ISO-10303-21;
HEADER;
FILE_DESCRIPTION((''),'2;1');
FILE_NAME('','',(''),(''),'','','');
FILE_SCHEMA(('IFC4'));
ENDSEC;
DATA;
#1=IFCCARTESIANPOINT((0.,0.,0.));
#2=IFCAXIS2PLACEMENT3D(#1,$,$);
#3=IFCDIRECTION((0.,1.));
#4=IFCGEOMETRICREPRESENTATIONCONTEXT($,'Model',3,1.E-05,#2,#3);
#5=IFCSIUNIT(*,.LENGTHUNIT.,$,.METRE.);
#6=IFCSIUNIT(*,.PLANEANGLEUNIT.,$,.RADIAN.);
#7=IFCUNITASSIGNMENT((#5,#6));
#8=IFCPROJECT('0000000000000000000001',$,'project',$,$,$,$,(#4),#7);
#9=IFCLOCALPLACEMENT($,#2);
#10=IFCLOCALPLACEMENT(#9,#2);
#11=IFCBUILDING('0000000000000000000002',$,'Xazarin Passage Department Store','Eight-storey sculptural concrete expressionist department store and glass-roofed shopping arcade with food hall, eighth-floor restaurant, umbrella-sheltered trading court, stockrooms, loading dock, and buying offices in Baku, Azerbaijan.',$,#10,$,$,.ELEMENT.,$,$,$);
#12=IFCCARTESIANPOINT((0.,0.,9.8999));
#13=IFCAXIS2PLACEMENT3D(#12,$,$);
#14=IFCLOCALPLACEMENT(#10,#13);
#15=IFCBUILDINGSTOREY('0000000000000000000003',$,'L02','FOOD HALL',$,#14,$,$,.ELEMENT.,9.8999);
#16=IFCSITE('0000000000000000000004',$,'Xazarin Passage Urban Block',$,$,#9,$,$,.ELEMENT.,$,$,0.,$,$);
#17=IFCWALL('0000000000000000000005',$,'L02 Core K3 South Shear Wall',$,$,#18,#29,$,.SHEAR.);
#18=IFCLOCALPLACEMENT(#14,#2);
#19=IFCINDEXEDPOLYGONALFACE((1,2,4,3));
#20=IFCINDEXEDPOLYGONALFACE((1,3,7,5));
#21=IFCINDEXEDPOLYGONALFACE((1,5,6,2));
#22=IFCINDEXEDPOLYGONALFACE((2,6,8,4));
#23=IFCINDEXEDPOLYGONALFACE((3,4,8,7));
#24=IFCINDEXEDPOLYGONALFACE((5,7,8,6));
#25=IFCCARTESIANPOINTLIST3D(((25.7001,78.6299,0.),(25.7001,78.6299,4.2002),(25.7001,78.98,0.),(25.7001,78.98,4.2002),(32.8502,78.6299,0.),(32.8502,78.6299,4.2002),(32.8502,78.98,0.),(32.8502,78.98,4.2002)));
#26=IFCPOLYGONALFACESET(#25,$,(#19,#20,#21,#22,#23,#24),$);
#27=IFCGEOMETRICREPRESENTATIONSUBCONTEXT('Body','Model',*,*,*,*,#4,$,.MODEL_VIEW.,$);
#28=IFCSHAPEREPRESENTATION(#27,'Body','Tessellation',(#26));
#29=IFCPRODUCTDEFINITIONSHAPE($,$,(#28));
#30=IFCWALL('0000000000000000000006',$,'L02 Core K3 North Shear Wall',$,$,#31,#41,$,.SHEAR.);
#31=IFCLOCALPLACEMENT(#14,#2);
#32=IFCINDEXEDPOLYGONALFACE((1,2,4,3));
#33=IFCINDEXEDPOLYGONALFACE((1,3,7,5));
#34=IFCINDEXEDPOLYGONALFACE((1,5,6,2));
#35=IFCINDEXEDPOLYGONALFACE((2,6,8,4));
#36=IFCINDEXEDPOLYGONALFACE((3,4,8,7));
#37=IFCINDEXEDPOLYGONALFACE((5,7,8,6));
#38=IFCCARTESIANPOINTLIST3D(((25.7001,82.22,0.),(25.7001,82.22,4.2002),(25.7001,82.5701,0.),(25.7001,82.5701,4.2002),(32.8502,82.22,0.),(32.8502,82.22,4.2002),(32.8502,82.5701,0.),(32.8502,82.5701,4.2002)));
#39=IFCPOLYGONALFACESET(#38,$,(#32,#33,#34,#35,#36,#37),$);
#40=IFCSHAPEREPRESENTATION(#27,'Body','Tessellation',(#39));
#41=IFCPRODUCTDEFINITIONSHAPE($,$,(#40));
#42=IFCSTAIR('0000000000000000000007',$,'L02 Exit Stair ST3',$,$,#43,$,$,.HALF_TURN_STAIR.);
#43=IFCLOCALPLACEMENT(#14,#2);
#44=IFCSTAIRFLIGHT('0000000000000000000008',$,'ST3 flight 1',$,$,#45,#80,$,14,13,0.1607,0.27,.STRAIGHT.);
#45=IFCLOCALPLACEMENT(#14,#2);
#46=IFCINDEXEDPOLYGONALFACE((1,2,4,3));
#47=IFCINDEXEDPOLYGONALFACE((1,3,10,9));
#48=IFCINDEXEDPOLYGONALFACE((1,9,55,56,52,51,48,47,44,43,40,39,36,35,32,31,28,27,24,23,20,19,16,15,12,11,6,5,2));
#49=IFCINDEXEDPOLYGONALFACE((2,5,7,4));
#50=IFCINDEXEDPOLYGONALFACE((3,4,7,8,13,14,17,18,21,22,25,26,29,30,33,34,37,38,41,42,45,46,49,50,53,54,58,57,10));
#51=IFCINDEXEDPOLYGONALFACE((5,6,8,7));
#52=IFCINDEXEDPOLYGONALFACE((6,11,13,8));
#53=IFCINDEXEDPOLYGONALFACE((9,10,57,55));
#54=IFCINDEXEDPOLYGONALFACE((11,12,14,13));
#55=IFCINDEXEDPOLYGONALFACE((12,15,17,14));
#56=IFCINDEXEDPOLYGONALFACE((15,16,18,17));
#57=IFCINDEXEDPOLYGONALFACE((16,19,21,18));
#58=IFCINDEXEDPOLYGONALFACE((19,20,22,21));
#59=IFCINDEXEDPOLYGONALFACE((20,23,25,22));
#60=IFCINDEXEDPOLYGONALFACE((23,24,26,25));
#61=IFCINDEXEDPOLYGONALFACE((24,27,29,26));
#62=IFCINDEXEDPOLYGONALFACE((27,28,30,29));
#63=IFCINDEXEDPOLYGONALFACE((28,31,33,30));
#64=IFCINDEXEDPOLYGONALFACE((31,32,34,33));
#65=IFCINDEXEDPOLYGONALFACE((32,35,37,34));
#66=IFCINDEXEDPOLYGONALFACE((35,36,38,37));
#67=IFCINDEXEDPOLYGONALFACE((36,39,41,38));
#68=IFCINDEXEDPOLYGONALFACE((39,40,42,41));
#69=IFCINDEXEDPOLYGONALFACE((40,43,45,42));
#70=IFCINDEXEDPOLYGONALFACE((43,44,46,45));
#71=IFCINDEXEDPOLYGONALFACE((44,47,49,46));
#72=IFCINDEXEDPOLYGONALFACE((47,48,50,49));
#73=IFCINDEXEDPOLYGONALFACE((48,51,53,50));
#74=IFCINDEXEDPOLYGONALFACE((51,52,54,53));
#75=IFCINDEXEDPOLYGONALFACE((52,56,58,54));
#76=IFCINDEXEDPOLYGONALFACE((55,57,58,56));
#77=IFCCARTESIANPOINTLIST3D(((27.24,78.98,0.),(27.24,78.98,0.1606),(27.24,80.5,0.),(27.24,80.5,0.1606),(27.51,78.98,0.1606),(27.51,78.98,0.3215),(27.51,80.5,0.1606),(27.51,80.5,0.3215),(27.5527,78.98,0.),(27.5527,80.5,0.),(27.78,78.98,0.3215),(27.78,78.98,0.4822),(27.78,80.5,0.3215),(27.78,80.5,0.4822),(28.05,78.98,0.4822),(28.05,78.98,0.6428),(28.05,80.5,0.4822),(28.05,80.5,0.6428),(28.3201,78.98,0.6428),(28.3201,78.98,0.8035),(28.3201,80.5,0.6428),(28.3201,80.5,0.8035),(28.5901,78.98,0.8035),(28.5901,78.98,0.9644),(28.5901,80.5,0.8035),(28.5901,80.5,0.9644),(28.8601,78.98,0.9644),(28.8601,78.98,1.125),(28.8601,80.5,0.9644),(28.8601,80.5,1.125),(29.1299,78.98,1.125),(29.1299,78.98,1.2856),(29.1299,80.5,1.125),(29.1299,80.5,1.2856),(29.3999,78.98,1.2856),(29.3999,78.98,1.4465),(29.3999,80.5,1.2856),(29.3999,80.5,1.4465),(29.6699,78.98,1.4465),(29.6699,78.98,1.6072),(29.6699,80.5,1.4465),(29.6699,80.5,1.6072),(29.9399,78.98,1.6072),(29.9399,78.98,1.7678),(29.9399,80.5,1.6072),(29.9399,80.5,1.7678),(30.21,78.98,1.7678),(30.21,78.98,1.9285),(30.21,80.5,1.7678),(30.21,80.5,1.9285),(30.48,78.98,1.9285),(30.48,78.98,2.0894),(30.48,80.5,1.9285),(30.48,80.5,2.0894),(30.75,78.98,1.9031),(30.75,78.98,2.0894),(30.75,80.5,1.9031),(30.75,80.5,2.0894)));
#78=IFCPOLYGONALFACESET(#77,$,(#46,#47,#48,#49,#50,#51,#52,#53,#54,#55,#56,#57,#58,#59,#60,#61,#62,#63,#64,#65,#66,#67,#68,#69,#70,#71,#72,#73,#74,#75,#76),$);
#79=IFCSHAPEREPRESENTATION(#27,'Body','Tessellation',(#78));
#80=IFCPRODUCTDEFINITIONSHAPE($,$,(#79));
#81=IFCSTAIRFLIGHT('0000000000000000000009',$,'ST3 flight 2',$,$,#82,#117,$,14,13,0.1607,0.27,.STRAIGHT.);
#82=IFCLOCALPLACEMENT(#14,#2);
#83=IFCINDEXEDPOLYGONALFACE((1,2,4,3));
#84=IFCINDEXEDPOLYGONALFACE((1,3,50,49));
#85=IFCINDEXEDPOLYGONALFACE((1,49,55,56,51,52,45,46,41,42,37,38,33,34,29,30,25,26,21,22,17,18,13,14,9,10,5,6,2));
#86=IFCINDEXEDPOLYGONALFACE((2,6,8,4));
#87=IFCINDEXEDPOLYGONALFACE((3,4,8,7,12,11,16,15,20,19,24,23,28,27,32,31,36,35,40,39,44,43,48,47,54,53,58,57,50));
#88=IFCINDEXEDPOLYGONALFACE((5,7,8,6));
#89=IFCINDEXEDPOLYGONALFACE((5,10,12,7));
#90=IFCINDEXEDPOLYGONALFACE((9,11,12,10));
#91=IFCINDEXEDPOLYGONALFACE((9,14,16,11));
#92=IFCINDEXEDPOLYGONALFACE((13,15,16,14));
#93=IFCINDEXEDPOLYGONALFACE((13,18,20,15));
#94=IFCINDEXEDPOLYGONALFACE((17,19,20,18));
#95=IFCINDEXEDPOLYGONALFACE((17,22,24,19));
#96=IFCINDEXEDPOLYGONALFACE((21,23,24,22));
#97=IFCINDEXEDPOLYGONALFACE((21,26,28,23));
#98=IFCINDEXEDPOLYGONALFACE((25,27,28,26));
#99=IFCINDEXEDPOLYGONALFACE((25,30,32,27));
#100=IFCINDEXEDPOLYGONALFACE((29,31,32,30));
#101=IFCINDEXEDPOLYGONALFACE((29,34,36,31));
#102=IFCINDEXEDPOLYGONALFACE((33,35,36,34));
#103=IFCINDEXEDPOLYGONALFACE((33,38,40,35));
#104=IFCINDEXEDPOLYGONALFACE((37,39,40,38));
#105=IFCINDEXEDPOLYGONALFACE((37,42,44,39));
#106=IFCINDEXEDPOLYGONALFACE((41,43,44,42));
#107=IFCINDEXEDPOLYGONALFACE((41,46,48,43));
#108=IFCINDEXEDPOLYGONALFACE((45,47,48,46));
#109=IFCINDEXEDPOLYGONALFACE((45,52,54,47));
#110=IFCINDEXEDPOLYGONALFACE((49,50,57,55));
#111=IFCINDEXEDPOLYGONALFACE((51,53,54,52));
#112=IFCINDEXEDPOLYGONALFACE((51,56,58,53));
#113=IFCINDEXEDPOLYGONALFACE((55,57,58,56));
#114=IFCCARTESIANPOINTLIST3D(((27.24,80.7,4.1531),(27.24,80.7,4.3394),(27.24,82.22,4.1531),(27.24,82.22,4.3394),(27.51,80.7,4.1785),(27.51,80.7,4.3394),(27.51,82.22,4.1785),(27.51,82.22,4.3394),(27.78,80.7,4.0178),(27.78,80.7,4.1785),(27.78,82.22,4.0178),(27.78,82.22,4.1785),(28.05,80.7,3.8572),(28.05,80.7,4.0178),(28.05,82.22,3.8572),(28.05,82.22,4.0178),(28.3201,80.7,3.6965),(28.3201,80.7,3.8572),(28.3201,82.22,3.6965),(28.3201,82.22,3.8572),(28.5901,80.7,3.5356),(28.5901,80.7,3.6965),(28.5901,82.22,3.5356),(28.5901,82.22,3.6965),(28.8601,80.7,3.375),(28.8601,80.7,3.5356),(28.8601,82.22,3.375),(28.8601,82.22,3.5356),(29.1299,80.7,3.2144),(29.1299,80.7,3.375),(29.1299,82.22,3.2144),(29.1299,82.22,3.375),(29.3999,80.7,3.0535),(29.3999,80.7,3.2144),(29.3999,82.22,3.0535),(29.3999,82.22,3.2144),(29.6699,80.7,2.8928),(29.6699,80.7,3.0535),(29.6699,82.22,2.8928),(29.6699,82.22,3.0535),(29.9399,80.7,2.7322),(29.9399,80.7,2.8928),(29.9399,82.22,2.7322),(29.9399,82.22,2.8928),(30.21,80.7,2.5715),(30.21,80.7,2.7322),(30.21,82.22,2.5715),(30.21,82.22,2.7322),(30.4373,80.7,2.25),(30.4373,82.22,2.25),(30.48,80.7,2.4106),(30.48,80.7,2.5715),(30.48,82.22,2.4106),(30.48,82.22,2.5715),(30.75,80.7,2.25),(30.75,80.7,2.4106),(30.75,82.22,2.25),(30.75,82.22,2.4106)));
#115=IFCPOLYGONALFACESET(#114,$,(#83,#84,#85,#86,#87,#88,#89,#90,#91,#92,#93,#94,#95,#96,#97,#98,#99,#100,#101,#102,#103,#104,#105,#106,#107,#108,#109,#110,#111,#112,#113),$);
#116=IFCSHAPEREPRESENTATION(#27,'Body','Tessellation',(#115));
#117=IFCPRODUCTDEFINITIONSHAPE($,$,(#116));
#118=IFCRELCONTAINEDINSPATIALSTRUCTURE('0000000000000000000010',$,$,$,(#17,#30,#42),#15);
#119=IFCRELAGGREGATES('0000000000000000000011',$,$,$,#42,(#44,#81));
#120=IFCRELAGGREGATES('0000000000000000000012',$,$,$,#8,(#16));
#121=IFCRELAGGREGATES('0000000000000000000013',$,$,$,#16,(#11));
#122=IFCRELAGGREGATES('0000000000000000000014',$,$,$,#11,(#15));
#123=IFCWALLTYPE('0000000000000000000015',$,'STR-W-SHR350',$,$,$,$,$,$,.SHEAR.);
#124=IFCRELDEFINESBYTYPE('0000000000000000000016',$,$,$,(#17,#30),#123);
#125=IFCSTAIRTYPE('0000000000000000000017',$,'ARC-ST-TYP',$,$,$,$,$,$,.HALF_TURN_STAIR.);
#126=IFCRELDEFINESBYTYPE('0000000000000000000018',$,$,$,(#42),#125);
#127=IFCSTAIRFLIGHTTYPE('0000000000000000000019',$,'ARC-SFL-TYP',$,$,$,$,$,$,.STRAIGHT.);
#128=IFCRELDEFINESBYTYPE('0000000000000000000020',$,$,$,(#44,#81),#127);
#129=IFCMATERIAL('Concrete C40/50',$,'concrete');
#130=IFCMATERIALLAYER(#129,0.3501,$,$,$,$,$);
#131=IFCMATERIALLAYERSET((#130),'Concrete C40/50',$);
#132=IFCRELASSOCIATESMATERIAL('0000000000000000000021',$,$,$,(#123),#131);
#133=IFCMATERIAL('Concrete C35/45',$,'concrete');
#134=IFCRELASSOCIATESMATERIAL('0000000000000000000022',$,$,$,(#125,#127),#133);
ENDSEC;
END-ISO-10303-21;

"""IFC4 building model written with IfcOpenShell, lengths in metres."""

from ifc_helpers import new_model, si_unit, direction, frame, frame_2d, origin, place, context, subcontext, project, spatial, polyline, rectangle, outline, extrude, material, layer, layer_set, type_object, element, aggregate, save


model = new_model("IFC4")

# Units and contexts
model_context = context("Model", 3, precision=1e-05, world=origin(), true_north=direction((0.0, 1.0)))
body_context = subcontext(model_context, "Body", "Model", "MODEL_VIEW")
ifc_project = project(units=[si_unit("LENGTHUNIT", "METRE"), si_unit("PLANEANGLEUNIT", "RADIAN")], contexts=[model_context])

# Site, building, storey
site_placement = place(None, origin())
site = spatial("IfcSite", under=ifc_project, at=site_placement, Name="Xazarin Passage Urban Block", CompositionType="ELEMENT", RefElevation=0.0)
building_placement = place(site_placement, origin())
building = spatial("IfcBuilding", under=site, at=building_placement, Name="Xazarin Passage Department Store", Description="Eight-storey sculptural concrete expressionist department store and glass-roofed shopping arcade with food hall, eighth-floor restaurant, umbrella-sheltered trading court, stockrooms, loading dock, and buying offices in Baku, Azerbaijan.", CompositionType="ELEMENT")
storey_placement = place(building_placement, frame((0.0, 0.0, 9.8999)))
storey = spatial("IfcBuildingStorey", under=building, at=storey_placement, Name="L02", Description="FOOD HALL", CompositionType="ELEMENT", Elevation=9.8999)

# Shared definitions
ifc_material_1 = material(Name="Concrete C40/50", Category="concrete")

# Shared definitions
ifc_material_2 = material(Name="Concrete C35/45", Category="concrete")

# Shared definitions
ifc_layer = layer(ifc_material_1, 0.3501)
ifc_layer_set = layer_set([ifc_layer], Name="Concrete C40/50")
wall_type = type_object("IfcWallType", Name="STR-W-SHR350", PredefinedType="SHEAR", material=ifc_layer_set)

# Walls
for number, where, z_axis, x_axis, name in (
    (1, (25.7, 78.8049, 0.0), (0.0, 0.0, 1.0), (1.0, 0.0, 0.0), "L02 Core K3 South Shear Wall"),
    (2, (25.7, 82.395, 0.0), (0.0, 0.0, 1.0), (1.0, 0.0, 0.0), "L02 Core K3 North Shear Wall"),
):
    element("IfcWall", number, at=place(storey_placement, frame(where, z_axis=z_axis, x_axis=x_axis)), inside=storey, type_object=wall_type, Name=name, PredefinedType="SHEAR", context=body_context, shape_type="SweptSolid", body=[
        extrude(rectangle(XDim=7.1501, YDim=0.3501, at=frame_2d((3.5752, 0.0))), origin(), (0.0, 0.0, 1.0), 4.2002),
    ])

# Stair, stair flights
stair_type = type_object("IfcStairType", Name="ARC-ST-TYP", PredefinedType="HALF_TURN_STAIR", material=ifc_material_2)
stair_placement = place(storey_placement, origin())
stair = element("IfcStair", 3, at=stair_placement, inside=storey, type_object=stair_type, Name="L02 Exit Stair ST3", PredefinedType="HALF_TURN_STAIR")
stair_flight_type = type_object("IfcStairFlightType", Name="ARC-SFL-TYP", PredefinedType="STRAIGHT", material=ifc_material_2)
stair_flight_1_placement = place(storey_placement, frame((27.24, 79.74, 0.0), z_axis=(0.0, 0.0, 1.0), x_axis=(1.0, 0.0, 0.0)))
stair_flight_1 = element("IfcStairFlight", 4, at=stair_flight_1_placement, type_object=stair_flight_type, Name="ST3 flight 1", NumberOfRisers=14, NumberOfTreads=13, PredefinedType="STRAIGHT", RiserHeight=0.1607, TreadLength=0.27, context=body_context, shape_type="SweptSolid", body=[
    extrude(outline(polyline([(0.0, 0.0), (0.0, 0.1606), (0.27, 0.1606), (0.27, 0.3215), (0.54, 0.3215), (0.54, 0.4822), (0.8101, 0.4822), (0.8101, 0.6428), (1.0801, 0.6428), (1.0801, 0.8035), (1.3501, 0.8035), (1.3501, 0.9644), (1.6201, 0.9644), (1.6201, 1.125), (1.8899, 1.125), (1.8899, 1.2856), (2.1599, 1.2856), (2.1599, 1.4465), (2.4299, 1.4465), (2.4299, 1.6072), (2.7, 1.6072), (2.7, 1.7678), (2.97, 1.7678), (2.97, 1.9285), (3.24, 1.9285), (3.24, 2.0894), (3.51, 2.0894), (3.51, 2.25), (3.51, 1.9031), (0.3127, 0.0), (0.0, 0.0)])), frame((0.0, 0.76, 0.0), z_axis=(0.0, -1.0, 0.0), x_axis=(1.0, 0.0, 0.0)), (0.0, 0.0, 1.0), 1.52),
])
stair_flight_2_placement = place(storey_placement, frame((30.75, 81.46, 2.25), z_axis=(0.0, 0.0, 1.0), x_axis=(-1.0, 0.0, 0.0)))
stair_flight_2 = element("IfcStairFlight", 5, at=stair_flight_2_placement, type_object=stair_flight_type, Name="ST3 flight 2", NumberOfRisers=14, NumberOfTreads=13, PredefinedType="STRAIGHT", RiserHeight=0.1607, TreadLength=0.27, context=body_context, shape_type="SweptSolid", body=[
    extrude(outline(polyline([(0.0, 0.0), (0.0, 0.1606), (0.27, 0.1606), (0.27, 0.3215), (0.54, 0.3215), (0.54, 0.4822), (0.8101, 0.4822), (0.8101, 0.6428), (1.0801, 0.6428), (1.0801, 0.8035), (1.3501, 0.8035), (1.3501, 0.9644), (1.6201, 0.9644), (1.6201, 1.125), (1.8899, 1.125), (1.8899, 1.2856), (2.1599, 1.2856), (2.1599, 1.4465), (2.4299, 1.4465), (2.4299, 1.6072), (2.7, 1.6072), (2.7, 1.7678), (2.97, 1.7678), (2.97, 1.9285), (3.24, 1.9285), (3.24, 2.0894), (3.51, 2.0894), (3.51, 2.25), (3.51, 1.9031), (0.3127, 0.0), (0.0, 0.0)])), frame((0.0, 0.76, 0.0), z_axis=(0.0, -1.0, 0.0), x_axis=(1.0, 0.0, 0.0)), (0.0, 0.0, 1.0), 1.52),
])
aggregate(stair, [stair_flight_1, stair_flight_2])

save(model, "model.ifc")
